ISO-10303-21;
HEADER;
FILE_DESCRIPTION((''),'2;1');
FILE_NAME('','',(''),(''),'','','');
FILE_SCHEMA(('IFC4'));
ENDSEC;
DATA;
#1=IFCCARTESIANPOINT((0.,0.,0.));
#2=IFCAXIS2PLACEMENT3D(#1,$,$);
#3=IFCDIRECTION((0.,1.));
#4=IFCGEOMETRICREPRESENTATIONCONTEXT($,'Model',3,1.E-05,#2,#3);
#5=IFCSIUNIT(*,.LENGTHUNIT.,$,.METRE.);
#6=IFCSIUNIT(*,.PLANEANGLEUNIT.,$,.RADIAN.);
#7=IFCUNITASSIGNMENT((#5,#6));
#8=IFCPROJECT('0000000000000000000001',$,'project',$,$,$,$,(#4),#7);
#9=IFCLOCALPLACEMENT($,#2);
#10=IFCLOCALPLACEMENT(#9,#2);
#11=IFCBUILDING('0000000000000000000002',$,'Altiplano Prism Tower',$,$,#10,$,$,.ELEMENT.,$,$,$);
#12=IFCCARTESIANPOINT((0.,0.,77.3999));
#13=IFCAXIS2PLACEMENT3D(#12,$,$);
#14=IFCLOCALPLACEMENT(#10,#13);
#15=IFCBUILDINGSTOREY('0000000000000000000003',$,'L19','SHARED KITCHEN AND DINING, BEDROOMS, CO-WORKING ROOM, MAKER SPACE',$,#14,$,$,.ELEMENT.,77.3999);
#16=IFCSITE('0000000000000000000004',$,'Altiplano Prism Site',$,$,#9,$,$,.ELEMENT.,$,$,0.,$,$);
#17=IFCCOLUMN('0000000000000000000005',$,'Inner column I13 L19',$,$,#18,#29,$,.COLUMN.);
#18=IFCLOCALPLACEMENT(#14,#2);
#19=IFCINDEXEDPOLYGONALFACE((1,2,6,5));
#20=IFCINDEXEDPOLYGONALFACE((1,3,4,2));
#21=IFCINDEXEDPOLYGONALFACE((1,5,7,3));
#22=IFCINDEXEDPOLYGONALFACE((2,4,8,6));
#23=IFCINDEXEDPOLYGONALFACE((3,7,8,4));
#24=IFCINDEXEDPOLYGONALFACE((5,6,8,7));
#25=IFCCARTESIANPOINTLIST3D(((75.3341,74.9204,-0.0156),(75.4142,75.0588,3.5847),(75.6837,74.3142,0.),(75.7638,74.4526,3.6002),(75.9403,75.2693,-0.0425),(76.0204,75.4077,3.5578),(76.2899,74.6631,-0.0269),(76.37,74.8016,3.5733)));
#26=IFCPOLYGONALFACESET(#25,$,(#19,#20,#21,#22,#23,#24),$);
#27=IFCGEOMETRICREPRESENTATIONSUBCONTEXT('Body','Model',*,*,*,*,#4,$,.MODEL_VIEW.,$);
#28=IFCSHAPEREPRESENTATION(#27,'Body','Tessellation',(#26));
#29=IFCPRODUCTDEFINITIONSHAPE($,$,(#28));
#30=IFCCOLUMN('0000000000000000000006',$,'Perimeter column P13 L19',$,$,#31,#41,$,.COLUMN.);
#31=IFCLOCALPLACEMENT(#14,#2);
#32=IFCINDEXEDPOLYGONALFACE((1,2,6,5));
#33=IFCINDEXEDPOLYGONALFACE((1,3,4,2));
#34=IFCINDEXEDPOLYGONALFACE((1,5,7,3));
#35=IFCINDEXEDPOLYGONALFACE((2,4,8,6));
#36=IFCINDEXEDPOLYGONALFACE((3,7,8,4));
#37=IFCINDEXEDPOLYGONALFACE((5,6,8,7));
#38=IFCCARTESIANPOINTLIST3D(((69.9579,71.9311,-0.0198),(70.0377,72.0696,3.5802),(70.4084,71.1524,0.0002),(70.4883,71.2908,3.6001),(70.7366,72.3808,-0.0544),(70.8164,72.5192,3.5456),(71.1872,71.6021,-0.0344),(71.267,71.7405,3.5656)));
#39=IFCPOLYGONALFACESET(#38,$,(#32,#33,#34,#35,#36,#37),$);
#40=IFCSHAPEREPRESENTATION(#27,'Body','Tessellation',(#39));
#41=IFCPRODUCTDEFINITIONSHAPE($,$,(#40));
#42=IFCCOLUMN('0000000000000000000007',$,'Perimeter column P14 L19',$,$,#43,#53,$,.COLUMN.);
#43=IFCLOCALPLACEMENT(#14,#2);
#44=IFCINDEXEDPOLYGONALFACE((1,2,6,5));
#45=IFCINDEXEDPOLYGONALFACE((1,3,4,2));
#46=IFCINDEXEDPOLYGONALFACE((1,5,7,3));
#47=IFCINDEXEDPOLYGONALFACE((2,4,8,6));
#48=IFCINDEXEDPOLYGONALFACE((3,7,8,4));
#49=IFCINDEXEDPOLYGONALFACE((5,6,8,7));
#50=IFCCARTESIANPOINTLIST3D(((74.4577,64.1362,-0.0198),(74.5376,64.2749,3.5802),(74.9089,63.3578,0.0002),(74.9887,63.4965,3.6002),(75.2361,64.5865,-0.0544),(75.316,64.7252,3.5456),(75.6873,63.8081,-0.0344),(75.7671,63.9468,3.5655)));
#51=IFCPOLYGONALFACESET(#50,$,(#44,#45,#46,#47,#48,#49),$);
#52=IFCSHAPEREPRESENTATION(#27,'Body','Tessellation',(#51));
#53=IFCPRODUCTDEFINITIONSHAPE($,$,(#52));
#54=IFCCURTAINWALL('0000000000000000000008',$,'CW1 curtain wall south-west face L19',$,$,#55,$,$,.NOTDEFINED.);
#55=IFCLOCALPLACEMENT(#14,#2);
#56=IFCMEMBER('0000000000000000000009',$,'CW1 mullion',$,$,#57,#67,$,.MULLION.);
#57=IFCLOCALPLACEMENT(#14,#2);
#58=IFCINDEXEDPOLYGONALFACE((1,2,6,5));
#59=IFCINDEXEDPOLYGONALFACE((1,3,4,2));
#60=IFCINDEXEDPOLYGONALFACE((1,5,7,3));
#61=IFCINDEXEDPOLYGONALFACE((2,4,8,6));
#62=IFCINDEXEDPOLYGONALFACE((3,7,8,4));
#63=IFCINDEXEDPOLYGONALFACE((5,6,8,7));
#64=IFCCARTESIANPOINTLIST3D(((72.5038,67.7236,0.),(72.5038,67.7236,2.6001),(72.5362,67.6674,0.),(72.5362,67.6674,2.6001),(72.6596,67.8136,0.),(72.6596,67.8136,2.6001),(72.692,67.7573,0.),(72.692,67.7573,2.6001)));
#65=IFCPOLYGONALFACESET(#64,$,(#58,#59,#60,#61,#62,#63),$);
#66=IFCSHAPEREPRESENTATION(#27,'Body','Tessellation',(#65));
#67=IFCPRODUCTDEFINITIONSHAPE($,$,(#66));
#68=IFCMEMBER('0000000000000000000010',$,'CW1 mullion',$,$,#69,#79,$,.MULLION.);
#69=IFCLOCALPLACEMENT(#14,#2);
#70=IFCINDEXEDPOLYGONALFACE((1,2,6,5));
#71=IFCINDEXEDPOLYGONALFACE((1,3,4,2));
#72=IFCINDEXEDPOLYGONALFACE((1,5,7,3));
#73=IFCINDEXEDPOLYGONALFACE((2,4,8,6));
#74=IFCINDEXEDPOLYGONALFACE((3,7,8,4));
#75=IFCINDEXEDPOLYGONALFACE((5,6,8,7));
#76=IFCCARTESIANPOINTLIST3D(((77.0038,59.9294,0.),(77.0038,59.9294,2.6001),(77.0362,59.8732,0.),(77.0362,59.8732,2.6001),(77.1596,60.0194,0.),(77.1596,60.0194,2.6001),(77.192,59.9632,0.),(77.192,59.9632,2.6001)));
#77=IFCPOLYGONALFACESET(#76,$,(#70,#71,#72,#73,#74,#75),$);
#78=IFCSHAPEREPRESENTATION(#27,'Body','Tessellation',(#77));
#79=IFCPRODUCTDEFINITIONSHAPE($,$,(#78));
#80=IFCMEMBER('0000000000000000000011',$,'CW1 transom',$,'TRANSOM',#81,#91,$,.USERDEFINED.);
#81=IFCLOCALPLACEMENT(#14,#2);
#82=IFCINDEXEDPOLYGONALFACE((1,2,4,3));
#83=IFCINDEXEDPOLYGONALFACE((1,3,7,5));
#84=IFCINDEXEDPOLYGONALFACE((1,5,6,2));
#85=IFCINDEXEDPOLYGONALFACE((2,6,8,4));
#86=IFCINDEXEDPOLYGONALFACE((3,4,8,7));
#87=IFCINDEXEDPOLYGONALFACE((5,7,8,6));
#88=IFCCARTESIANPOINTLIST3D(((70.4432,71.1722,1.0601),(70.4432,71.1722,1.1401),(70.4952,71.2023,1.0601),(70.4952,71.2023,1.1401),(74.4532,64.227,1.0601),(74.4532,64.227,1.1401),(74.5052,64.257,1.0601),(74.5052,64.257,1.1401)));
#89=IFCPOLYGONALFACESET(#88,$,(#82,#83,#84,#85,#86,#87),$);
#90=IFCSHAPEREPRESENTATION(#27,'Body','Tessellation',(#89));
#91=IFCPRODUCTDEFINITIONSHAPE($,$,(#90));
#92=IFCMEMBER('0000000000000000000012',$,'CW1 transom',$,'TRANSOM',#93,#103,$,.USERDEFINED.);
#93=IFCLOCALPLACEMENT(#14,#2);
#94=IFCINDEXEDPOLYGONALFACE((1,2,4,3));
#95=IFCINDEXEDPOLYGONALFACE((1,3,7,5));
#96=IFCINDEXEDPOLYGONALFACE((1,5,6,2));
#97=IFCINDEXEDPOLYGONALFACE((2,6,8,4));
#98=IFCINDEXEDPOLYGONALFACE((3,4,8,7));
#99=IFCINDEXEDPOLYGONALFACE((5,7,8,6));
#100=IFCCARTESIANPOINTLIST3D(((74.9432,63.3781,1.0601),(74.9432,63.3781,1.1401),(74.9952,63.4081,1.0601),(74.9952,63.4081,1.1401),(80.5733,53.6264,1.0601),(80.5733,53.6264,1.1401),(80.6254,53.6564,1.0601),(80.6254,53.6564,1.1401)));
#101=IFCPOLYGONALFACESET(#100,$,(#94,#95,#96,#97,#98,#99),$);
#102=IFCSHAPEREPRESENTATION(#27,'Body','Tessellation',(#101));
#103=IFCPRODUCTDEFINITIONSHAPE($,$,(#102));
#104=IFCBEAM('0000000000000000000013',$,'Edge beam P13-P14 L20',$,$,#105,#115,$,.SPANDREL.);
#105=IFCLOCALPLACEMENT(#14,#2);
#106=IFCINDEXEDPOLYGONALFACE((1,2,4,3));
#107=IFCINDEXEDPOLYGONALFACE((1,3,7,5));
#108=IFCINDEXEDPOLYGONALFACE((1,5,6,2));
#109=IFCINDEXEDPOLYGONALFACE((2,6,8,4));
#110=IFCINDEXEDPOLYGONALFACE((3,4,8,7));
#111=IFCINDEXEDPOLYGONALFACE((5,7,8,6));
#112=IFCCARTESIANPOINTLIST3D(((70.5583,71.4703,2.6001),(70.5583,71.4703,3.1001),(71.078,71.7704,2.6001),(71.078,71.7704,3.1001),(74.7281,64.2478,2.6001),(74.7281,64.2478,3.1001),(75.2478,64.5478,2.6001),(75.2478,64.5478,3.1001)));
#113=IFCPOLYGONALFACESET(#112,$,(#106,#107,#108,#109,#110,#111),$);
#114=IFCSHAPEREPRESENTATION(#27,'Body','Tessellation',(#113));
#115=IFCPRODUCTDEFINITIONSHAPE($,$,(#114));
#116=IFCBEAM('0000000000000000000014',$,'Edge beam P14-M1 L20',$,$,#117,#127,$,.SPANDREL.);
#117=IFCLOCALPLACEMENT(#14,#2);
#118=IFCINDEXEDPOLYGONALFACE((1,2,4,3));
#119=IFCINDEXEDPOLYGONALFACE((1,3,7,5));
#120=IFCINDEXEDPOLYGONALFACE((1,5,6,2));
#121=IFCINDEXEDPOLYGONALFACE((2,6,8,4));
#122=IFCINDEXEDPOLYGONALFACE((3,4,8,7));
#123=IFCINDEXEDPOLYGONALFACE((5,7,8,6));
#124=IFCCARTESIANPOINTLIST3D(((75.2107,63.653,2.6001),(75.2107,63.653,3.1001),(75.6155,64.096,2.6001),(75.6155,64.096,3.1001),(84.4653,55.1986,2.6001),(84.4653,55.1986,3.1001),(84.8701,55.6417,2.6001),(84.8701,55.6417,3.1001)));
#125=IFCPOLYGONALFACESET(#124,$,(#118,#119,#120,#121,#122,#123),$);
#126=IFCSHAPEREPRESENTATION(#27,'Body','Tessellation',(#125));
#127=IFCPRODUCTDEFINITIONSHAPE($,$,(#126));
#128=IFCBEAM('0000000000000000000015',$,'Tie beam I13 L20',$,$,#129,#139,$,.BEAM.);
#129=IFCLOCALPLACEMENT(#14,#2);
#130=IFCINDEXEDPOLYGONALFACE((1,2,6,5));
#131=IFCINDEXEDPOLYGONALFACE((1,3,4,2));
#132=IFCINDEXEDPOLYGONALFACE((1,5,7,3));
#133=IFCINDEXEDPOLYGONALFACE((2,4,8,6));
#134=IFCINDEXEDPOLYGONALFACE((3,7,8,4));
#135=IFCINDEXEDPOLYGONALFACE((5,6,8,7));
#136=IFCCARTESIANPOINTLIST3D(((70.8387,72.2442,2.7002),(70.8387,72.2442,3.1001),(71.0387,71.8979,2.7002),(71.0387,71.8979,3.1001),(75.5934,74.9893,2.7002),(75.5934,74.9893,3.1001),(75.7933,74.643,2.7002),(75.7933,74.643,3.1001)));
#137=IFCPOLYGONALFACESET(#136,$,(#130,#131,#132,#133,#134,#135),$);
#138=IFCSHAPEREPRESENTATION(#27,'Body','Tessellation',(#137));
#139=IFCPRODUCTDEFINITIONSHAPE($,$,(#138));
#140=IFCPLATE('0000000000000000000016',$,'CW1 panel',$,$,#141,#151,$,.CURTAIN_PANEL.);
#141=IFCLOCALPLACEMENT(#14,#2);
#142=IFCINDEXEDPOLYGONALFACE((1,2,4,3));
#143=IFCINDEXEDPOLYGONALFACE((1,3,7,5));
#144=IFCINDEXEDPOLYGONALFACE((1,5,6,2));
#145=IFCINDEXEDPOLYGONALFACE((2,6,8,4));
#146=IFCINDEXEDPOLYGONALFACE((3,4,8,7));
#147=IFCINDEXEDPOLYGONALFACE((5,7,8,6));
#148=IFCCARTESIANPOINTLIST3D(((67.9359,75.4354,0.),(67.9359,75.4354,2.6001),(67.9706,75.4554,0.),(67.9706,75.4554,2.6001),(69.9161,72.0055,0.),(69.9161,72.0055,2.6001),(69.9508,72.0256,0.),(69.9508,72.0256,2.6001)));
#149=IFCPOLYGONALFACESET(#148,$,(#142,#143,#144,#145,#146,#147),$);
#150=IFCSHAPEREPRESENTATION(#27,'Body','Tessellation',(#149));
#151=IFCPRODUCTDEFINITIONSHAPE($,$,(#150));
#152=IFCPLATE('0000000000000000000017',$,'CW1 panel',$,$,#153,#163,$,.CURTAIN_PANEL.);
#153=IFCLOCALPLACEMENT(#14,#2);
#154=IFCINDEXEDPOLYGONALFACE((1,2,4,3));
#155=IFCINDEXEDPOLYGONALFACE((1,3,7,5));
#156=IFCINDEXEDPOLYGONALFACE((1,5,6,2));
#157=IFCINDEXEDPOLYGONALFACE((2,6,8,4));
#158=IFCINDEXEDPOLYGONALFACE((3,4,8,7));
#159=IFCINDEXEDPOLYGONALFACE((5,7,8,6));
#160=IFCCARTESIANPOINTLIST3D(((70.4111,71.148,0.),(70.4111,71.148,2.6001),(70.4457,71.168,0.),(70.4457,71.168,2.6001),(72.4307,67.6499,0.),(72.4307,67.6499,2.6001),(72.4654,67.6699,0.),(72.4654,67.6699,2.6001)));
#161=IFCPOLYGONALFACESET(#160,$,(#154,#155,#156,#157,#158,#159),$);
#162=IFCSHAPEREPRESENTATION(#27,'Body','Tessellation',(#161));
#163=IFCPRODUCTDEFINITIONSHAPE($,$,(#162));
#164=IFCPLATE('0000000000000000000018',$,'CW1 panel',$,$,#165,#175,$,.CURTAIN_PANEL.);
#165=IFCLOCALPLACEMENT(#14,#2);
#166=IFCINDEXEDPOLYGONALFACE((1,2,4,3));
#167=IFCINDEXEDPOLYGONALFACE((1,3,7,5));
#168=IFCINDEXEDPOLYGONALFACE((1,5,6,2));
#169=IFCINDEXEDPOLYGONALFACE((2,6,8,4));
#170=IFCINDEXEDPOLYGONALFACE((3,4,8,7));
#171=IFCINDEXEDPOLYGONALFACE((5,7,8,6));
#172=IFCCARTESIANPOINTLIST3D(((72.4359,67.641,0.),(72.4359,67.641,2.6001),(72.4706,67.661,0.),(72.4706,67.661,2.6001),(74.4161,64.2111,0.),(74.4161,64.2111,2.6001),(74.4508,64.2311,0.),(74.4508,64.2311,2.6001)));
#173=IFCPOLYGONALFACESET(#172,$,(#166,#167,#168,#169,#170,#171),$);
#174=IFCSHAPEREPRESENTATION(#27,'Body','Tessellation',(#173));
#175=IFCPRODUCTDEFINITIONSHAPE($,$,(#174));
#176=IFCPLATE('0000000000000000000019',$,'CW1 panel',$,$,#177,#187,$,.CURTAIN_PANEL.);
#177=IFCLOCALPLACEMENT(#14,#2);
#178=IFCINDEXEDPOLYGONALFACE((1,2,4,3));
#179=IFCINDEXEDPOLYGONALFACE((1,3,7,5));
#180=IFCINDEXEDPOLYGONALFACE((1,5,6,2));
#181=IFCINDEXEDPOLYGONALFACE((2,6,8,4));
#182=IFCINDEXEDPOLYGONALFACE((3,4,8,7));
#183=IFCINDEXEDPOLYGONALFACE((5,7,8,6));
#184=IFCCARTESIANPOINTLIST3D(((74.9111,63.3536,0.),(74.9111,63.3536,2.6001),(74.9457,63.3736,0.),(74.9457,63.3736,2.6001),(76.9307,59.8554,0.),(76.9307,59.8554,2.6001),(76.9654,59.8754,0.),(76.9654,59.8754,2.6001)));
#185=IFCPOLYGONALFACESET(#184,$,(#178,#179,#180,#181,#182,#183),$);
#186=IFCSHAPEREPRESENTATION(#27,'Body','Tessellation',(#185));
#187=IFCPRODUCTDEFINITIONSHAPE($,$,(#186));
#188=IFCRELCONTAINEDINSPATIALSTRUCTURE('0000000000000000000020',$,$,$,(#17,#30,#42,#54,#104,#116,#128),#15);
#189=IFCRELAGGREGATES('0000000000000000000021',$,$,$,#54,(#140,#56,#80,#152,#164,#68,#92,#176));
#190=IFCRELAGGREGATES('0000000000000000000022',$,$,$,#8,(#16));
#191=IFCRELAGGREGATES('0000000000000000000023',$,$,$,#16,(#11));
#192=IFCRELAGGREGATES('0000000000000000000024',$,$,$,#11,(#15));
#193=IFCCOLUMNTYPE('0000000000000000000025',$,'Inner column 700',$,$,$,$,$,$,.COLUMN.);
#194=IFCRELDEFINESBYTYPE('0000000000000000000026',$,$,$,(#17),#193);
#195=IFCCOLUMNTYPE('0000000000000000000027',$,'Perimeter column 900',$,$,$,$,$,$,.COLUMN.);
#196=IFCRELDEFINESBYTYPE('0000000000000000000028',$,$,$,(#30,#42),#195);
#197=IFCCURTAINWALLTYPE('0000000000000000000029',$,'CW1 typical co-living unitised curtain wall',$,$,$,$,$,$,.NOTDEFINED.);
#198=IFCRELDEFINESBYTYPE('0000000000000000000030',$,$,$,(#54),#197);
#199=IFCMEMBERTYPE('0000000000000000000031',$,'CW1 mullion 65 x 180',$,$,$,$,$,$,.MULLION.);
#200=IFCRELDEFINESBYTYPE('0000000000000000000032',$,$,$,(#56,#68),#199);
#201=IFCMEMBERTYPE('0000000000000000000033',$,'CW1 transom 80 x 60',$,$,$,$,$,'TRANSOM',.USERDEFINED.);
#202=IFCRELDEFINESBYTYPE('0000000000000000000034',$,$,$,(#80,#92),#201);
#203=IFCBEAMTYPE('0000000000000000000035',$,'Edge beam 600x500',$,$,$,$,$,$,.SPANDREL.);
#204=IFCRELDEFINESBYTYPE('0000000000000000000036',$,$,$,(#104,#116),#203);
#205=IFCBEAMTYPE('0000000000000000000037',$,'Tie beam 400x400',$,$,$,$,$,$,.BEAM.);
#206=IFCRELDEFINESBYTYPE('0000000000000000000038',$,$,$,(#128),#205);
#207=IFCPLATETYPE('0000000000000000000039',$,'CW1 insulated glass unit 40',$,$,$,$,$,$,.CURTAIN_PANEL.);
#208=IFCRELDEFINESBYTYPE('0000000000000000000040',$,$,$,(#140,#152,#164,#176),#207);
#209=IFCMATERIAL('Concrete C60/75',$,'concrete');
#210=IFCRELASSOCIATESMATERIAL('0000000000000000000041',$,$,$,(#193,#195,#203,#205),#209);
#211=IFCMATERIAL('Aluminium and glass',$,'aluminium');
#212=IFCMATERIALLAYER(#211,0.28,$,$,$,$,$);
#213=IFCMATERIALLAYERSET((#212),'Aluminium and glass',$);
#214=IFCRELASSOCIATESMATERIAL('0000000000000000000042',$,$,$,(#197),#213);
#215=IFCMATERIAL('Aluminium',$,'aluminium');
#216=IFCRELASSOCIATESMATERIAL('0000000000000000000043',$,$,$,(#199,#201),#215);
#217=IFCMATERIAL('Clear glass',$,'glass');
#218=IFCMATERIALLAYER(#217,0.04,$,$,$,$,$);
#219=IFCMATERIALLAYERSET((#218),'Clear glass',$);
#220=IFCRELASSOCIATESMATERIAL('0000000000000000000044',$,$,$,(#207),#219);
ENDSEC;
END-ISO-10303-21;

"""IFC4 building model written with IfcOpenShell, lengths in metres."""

from ifc_helpers import new_model, si_unit, direction, frame, origin, origin_2d, place, context, subcontext, project, spatial, rectangle, extrude, material, layer, layer_set, material_profile, profile_set, type_object, element, aggregate, save


model = new_model("IFC4")

# Units and contexts
model_context = context("Model", 3, precision=1e-05, world=origin(), true_north=direction((0.0, 1.0)))
body_context = subcontext(model_context, "Body", "Model", "MODEL_VIEW")
ifc_project = project(units=[si_unit("LENGTHUNIT", "METRE"), si_unit("PLANEANGLEUNIT", "RADIAN")], contexts=[model_context])

# Site, building, storey
site_placement = place(None, origin())
site = spatial("IfcSite", under=ifc_project, at=site_placement, Name="Altiplano Prism Site", CompositionType="ELEMENT", RefElevation=0.0)
building_placement = place(site_placement, origin())
building = spatial("IfcBuilding", under=site, at=building_placement, Name="Altiplano Prism Tower", CompositionType="ELEMENT")
storey_placement = place(building_placement, frame((0.0, 0.0, 77.3999)))
storey = spatial("IfcBuildingStorey", under=building, at=storey_placement, Name="L19", Description="SHARED KITCHEN AND DINING, BEDROOMS, CO-WORKING ROOM, MAKER SPACE", CompositionType="ELEMENT", Elevation=77.3999)

# Columns
ifc_material_1 = material(Name="Concrete C60/75", Category="concrete")
ifc_material_profile_1 = material_profile(ifc_material_1, rectangle(XDim=0.7, YDim=0.7, at=origin_2d()), Name="Inner column 700")
ifc_profile_set_1 = profile_set([ifc_material_profile_1], Name="Concrete C60/75")
column_type_1 = type_object("IfcColumnType", Name="Inner column 700", PredefinedType="COLUMN", material=ifc_profile_set_1)
column_placement = place(storey_placement, frame((75.812, 74.7917, -0.0212), z_axis=(0.022221, 0.038413, 0.999015), x_axis=(-0.866019, -0.498532, 0.038432)))
element("IfcColumn", 1, at=column_placement, inside=storey, type_object=column_type_1, Name="Inner column I13 L19", PredefinedType="COLUMN", context=body_context, shape_type="SweptSolid", body=[
    extrude(rectangle(XDim=0.7, YDim=0.7, at=origin_2d()), origin(), (0.0, 0.0, 1.0), 3.6038),
])
ifc_material_profile_2 = material_profile(ifc_material_1, rectangle(XDim=0.8999, YDim=0.8999, at=origin_2d()), Name="Perimeter column 900")
ifc_profile_set_2 = profile_set([ifc_material_profile_2], Name="Concrete C60/75")
column_type_2 = type_object("IfcColumnType", Name="Perimeter column 900", PredefinedType="COLUMN", material=ifc_profile_set_2)
for number, where, z_axis, x_axis, name in (
    (2, (70.5725, 71.7666, -0.0271), (0.022155, 0.038416, 0.999016), (-0.865359, -0.499678, 0.038406), "Perimeter column P13 L19"),
    (3, (75.0725, 63.9722, -0.0271), (0.022155, 0.038484, 0.999014), (-0.864977, -0.500336, 0.038456), "Perimeter column P14 L19"),
):
    element("IfcColumn", number, at=place(storey_placement, frame(where, z_axis=z_axis, x_axis=x_axis)), inside=storey, type_object=column_type_2, Name=name, PredefinedType="COLUMN", context=body_context, shape_type="SweptSolid", body=[
        extrude(rectangle(XDim=0.8999, YDim=0.8999, at=origin_2d()), origin(), (0.0, 0.0, 1.0), 3.6035),
    ])

# Curtain wall, members
ifc_material_2 = material(Name="Aluminium and glass", Category="aluminium")
ifc_layer_1 = layer(ifc_material_2, 0.28)
ifc_layer_set_1 = layer_set([ifc_layer_1], Name="Aluminium and glass")
curtain_wall_type = type_object("IfcCurtainWallType", Name="CW1 typical co-living unitised curtain wall", PredefinedType="NOTDEFINED", material=ifc_layer_set_1)
curtain_wall_placement = place(storey_placement, origin())
curtain_wall = element("IfcCurtainWall", 4, at=curtain_wall_placement, inside=storey, type_object=curtain_wall_type, Name="CW1 curtain wall south-west face L19", PredefinedType="NOTDEFINED")
ifc_material_3 = material(Name="Aluminium", Category="aluminium")
ifc_material_profile_3 = material_profile(ifc_material_3, rectangle(XDim=0.1799, YDim=0.0649, at=origin_2d()), Name="CW1 mullion 65 x 180")
ifc_profile_set_3 = profile_set([ifc_material_profile_3], Name="Aluminium")
member_type_1 = type_object("IfcMemberType", Name="CW1 mullion 65 x 180", PredefinedType="MULLION", material=ifc_profile_set_3)
member_1_placement = place(storey_placement, frame((72.5979, 67.7405, 0.0), z_axis=(0.0, 0.0, 1.0), x_axis=(0.866025, 0.5, 0.0)))
member_1 = element("IfcMember", 5, at=member_1_placement, type_object=member_type_1, Name="CW1 mullion", PredefinedType="MULLION", context=body_context, shape_type="SweptSolid", body=[
    extrude(rectangle(XDim=0.1799, YDim=0.0649, at=origin_2d()), origin(), (0.0, 0.0, 1.0), 2.6001),
])
member_2_placement = place(storey_placement, frame((77.0979, 59.9463, 0.0), z_axis=(0.0, 0.0, 1.0), x_axis=(0.866025, 0.5, 0.0)))
member_2 = element("IfcMember", 6, at=member_2_placement, type_object=member_type_1, Name="CW1 mullion", PredefinedType="MULLION", context=body_context, shape_type="SweptSolid", body=[
    extrude(rectangle(XDim=0.1799, YDim=0.0649, at=origin_2d()), origin(), (0.0, 0.0, 1.0), 2.6001),
])
ifc_material_profile_4 = material_profile(ifc_material_3, rectangle(XDim=0.0601, YDim=0.0801, at=origin_2d()), Name="CW1 transom 80 x 60")
ifc_profile_set_4 = profile_set([ifc_material_profile_4], Name="Aluminium")
member_type_2 = type_object("IfcMemberType", Name="CW1 transom 80 x 60", ElementType="TRANSOM", PredefinedType="USERDEFINED", material=ifc_profile_set_4)
member_3_placement = place(storey_placement, frame((70.4692, 71.1873, 1.1001), z_axis=(0.500012, -0.866018, 0.0), x_axis=(0.866018, 0.500012, 0.0)))
member_3 = element("IfcMember", 7, at=member_3_placement, type_object=member_type_2, Name="CW1 transom", ObjectType="TRANSOM", PredefinedType="USERDEFINED", context=body_context, shape_type="SweptSolid", body=[
    extrude(rectangle(XDim=0.0601, YDim=0.0801, at=origin_2d()), origin(), (0.0, 0.0, 1.0), 8.0198),
])
member_4_placement = place(storey_placement, frame((74.9692, 63.3931, 1.1001), z_axis=(0.499998, -0.866026, 0.0), x_axis=(0.866026, 0.499998, 0.0)))
member_4 = element("IfcMember", 8, at=member_4_placement, type_object=member_type_2, Name="CW1 transom", ObjectType="TRANSOM", PredefinedType="USERDEFINED", context=body_context, shape_type="SweptSolid", body=[
    extrude(rectangle(XDim=0.0601, YDim=0.0801, at=origin_2d()), origin(), (0.0, 0.0, 1.0), 11.2603),
])

# Beams
ifc_material_profile_5 = material_profile(ifc_material_1, rectangle(XDim=0.6001, YDim=0.5, at=origin_2d()), Name="Edge beam 600x500")
ifc_profile_set_5 = profile_set([ifc_material_profile_5], Name="Concrete C60/75")
beam_type_1 = type_object("IfcBeamType", Name="Edge beam 600x500", PredefinedType="SPANDREL", material=ifc_profile_set_5)
beam_1_placement = place(storey_placement, frame((70.8181, 71.6204, 2.8501), z_axis=(0.499993, -0.86603, 0.0), x_axis=(0.86603, 0.499993, 0.0)))
element("IfcBeam", 9, at=beam_1_placement, inside=storey, type_object=beam_type_1, Name="Edge beam P13-P14 L20", PredefinedType="SPANDREL", context=body_context, shape_type="SweptSolid", body=[
    extrude(rectangle(XDim=0.6001, YDim=0.5, at=origin_2d()), origin(), (0.0, 0.0, 1.0), 8.3398),
])
beam_2_placement = place(storey_placement, frame((75.4131, 63.8745, 2.8501), z_axis=(0.738308, -0.674463, 0.0), x_axis=(0.674463, 0.738308, 0.0)))
element("IfcBeam", 10, at=beam_2_placement, inside=storey, type_object=beam_type_1, Name="Edge beam P14-M1 L20", PredefinedType="SPANDREL", context=body_context, shape_type="SweptSolid", body=[
    extrude(rectangle(XDim=0.6001, YDim=0.5, at=origin_2d()), origin(), (0.0, 0.0, 1.0), 12.5349),
])
ifc_material_profile_6 = material_profile(ifc_material_1, rectangle(XDim=0.3999, YDim=0.3999, at=origin_2d()), Name="Tie beam 400x400")
ifc_profile_set_6 = profile_set([ifc_material_profile_6], Name="Concrete C60/75")
beam_type_2 = type_object("IfcBeamType", Name="Tie beam 400x400", PredefinedType="BEAM", material=ifc_profile_set_6)
beam_3_placement = place(storey_placement, frame((75.6934, 74.8162, 2.9001), z_axis=(-0.866023, -0.500003, 0.0), x_axis=(0.500003, -0.866023, 0.0)))
element("IfcBeam", 11, at=beam_3_placement, inside=storey, type_object=beam_type_2, Name="Tie beam I13 L20", PredefinedType="BEAM", context=body_context, shape_type="SweptSolid", body=[
    extrude(rectangle(XDim=0.3999, YDim=0.3999, at=origin_2d()), origin(), (0.0, 0.0, 1.0), 5.4902),
])

# Plates
ifc_material_4 = material(Name="Clear glass", Category="glass")
ifc_layer_2 = layer(ifc_material_4, 0.04)
ifc_layer_set_2 = layer_set([ifc_layer_2], Name="Clear glass")
plate_type = type_object("IfcPlateType", Name="CW1 insulated glass unit 40", PredefinedType="CURTAIN_PANEL", material=ifc_layer_set_2)
plate_1_placement = place(storey_placement, frame((68.9434, 73.7305, 0.0), z_axis=(0.0, 0.0, 1.0), x_axis=(0.5, -0.866025, 0.0)))
plate_1 = element("IfcPlate", 12, at=plate_1_placement, type_object=plate_type, Name="CW1 panel", PredefinedType="CURTAIN_PANEL", context=body_context, shape_type="SweptSolid", body=[
    extrude(rectangle(XDim=3.9604, YDim=0.04, at=origin_2d()), origin(), (0.0, 0.0, 1.0), 2.6001),
])
plate_2_placement = place(storey_placement, frame((71.4382, 69.4089, 0.0), z_axis=(0.0, 0.0, 1.0), x_axis=(0.5, -0.866025, 0.0)))
plate_2 = element("IfcPlate", 13, at=plate_2_placement, type_object=plate_type, Name="CW1 panel", PredefinedType="CURTAIN_PANEL", context=body_context, shape_type="SweptSolid", body=[
    extrude(rectangle(XDim=4.0393, YDim=0.04, at=origin_2d()), origin(), (0.0, 0.0, 1.0), 2.6001),
])
plate_3_placement = place(storey_placement, frame((73.4434, 65.936, 0.0), z_axis=(0.0, 0.0, 1.0), x_axis=(0.5, -0.866025, 0.0)))
plate_3 = element("IfcPlate", 14, at=plate_3_placement, type_object=plate_type, Name="CW1 panel", PredefinedType="CURTAIN_PANEL", context=body_context, shape_type="SweptSolid", body=[
    extrude(rectangle(XDim=3.9604, YDim=0.04, at=origin_2d()), origin(), (0.0, 0.0, 1.0), 2.6001),
])
plate_4_placement = place(storey_placement, frame((75.9382, 61.6145, 0.0), z_axis=(0.0, 0.0, 1.0), x_axis=(0.5, -0.866025, 0.0)))
plate_4 = element("IfcPlate", 15, at=plate_4_placement, type_object=plate_type, Name="CW1 panel", PredefinedType="CURTAIN_PANEL", context=body_context, shape_type="SweptSolid", body=[
    extrude(rectangle(XDim=4.0393, YDim=0.04, at=origin_2d()), origin(), (0.0, 0.0, 1.0), 2.6001),
])
aggregate(curtain_wall, [plate_1, member_1, member_3, plate_2, plate_3, member_2, member_4, plate_4])

save(model, "model.ifc")
